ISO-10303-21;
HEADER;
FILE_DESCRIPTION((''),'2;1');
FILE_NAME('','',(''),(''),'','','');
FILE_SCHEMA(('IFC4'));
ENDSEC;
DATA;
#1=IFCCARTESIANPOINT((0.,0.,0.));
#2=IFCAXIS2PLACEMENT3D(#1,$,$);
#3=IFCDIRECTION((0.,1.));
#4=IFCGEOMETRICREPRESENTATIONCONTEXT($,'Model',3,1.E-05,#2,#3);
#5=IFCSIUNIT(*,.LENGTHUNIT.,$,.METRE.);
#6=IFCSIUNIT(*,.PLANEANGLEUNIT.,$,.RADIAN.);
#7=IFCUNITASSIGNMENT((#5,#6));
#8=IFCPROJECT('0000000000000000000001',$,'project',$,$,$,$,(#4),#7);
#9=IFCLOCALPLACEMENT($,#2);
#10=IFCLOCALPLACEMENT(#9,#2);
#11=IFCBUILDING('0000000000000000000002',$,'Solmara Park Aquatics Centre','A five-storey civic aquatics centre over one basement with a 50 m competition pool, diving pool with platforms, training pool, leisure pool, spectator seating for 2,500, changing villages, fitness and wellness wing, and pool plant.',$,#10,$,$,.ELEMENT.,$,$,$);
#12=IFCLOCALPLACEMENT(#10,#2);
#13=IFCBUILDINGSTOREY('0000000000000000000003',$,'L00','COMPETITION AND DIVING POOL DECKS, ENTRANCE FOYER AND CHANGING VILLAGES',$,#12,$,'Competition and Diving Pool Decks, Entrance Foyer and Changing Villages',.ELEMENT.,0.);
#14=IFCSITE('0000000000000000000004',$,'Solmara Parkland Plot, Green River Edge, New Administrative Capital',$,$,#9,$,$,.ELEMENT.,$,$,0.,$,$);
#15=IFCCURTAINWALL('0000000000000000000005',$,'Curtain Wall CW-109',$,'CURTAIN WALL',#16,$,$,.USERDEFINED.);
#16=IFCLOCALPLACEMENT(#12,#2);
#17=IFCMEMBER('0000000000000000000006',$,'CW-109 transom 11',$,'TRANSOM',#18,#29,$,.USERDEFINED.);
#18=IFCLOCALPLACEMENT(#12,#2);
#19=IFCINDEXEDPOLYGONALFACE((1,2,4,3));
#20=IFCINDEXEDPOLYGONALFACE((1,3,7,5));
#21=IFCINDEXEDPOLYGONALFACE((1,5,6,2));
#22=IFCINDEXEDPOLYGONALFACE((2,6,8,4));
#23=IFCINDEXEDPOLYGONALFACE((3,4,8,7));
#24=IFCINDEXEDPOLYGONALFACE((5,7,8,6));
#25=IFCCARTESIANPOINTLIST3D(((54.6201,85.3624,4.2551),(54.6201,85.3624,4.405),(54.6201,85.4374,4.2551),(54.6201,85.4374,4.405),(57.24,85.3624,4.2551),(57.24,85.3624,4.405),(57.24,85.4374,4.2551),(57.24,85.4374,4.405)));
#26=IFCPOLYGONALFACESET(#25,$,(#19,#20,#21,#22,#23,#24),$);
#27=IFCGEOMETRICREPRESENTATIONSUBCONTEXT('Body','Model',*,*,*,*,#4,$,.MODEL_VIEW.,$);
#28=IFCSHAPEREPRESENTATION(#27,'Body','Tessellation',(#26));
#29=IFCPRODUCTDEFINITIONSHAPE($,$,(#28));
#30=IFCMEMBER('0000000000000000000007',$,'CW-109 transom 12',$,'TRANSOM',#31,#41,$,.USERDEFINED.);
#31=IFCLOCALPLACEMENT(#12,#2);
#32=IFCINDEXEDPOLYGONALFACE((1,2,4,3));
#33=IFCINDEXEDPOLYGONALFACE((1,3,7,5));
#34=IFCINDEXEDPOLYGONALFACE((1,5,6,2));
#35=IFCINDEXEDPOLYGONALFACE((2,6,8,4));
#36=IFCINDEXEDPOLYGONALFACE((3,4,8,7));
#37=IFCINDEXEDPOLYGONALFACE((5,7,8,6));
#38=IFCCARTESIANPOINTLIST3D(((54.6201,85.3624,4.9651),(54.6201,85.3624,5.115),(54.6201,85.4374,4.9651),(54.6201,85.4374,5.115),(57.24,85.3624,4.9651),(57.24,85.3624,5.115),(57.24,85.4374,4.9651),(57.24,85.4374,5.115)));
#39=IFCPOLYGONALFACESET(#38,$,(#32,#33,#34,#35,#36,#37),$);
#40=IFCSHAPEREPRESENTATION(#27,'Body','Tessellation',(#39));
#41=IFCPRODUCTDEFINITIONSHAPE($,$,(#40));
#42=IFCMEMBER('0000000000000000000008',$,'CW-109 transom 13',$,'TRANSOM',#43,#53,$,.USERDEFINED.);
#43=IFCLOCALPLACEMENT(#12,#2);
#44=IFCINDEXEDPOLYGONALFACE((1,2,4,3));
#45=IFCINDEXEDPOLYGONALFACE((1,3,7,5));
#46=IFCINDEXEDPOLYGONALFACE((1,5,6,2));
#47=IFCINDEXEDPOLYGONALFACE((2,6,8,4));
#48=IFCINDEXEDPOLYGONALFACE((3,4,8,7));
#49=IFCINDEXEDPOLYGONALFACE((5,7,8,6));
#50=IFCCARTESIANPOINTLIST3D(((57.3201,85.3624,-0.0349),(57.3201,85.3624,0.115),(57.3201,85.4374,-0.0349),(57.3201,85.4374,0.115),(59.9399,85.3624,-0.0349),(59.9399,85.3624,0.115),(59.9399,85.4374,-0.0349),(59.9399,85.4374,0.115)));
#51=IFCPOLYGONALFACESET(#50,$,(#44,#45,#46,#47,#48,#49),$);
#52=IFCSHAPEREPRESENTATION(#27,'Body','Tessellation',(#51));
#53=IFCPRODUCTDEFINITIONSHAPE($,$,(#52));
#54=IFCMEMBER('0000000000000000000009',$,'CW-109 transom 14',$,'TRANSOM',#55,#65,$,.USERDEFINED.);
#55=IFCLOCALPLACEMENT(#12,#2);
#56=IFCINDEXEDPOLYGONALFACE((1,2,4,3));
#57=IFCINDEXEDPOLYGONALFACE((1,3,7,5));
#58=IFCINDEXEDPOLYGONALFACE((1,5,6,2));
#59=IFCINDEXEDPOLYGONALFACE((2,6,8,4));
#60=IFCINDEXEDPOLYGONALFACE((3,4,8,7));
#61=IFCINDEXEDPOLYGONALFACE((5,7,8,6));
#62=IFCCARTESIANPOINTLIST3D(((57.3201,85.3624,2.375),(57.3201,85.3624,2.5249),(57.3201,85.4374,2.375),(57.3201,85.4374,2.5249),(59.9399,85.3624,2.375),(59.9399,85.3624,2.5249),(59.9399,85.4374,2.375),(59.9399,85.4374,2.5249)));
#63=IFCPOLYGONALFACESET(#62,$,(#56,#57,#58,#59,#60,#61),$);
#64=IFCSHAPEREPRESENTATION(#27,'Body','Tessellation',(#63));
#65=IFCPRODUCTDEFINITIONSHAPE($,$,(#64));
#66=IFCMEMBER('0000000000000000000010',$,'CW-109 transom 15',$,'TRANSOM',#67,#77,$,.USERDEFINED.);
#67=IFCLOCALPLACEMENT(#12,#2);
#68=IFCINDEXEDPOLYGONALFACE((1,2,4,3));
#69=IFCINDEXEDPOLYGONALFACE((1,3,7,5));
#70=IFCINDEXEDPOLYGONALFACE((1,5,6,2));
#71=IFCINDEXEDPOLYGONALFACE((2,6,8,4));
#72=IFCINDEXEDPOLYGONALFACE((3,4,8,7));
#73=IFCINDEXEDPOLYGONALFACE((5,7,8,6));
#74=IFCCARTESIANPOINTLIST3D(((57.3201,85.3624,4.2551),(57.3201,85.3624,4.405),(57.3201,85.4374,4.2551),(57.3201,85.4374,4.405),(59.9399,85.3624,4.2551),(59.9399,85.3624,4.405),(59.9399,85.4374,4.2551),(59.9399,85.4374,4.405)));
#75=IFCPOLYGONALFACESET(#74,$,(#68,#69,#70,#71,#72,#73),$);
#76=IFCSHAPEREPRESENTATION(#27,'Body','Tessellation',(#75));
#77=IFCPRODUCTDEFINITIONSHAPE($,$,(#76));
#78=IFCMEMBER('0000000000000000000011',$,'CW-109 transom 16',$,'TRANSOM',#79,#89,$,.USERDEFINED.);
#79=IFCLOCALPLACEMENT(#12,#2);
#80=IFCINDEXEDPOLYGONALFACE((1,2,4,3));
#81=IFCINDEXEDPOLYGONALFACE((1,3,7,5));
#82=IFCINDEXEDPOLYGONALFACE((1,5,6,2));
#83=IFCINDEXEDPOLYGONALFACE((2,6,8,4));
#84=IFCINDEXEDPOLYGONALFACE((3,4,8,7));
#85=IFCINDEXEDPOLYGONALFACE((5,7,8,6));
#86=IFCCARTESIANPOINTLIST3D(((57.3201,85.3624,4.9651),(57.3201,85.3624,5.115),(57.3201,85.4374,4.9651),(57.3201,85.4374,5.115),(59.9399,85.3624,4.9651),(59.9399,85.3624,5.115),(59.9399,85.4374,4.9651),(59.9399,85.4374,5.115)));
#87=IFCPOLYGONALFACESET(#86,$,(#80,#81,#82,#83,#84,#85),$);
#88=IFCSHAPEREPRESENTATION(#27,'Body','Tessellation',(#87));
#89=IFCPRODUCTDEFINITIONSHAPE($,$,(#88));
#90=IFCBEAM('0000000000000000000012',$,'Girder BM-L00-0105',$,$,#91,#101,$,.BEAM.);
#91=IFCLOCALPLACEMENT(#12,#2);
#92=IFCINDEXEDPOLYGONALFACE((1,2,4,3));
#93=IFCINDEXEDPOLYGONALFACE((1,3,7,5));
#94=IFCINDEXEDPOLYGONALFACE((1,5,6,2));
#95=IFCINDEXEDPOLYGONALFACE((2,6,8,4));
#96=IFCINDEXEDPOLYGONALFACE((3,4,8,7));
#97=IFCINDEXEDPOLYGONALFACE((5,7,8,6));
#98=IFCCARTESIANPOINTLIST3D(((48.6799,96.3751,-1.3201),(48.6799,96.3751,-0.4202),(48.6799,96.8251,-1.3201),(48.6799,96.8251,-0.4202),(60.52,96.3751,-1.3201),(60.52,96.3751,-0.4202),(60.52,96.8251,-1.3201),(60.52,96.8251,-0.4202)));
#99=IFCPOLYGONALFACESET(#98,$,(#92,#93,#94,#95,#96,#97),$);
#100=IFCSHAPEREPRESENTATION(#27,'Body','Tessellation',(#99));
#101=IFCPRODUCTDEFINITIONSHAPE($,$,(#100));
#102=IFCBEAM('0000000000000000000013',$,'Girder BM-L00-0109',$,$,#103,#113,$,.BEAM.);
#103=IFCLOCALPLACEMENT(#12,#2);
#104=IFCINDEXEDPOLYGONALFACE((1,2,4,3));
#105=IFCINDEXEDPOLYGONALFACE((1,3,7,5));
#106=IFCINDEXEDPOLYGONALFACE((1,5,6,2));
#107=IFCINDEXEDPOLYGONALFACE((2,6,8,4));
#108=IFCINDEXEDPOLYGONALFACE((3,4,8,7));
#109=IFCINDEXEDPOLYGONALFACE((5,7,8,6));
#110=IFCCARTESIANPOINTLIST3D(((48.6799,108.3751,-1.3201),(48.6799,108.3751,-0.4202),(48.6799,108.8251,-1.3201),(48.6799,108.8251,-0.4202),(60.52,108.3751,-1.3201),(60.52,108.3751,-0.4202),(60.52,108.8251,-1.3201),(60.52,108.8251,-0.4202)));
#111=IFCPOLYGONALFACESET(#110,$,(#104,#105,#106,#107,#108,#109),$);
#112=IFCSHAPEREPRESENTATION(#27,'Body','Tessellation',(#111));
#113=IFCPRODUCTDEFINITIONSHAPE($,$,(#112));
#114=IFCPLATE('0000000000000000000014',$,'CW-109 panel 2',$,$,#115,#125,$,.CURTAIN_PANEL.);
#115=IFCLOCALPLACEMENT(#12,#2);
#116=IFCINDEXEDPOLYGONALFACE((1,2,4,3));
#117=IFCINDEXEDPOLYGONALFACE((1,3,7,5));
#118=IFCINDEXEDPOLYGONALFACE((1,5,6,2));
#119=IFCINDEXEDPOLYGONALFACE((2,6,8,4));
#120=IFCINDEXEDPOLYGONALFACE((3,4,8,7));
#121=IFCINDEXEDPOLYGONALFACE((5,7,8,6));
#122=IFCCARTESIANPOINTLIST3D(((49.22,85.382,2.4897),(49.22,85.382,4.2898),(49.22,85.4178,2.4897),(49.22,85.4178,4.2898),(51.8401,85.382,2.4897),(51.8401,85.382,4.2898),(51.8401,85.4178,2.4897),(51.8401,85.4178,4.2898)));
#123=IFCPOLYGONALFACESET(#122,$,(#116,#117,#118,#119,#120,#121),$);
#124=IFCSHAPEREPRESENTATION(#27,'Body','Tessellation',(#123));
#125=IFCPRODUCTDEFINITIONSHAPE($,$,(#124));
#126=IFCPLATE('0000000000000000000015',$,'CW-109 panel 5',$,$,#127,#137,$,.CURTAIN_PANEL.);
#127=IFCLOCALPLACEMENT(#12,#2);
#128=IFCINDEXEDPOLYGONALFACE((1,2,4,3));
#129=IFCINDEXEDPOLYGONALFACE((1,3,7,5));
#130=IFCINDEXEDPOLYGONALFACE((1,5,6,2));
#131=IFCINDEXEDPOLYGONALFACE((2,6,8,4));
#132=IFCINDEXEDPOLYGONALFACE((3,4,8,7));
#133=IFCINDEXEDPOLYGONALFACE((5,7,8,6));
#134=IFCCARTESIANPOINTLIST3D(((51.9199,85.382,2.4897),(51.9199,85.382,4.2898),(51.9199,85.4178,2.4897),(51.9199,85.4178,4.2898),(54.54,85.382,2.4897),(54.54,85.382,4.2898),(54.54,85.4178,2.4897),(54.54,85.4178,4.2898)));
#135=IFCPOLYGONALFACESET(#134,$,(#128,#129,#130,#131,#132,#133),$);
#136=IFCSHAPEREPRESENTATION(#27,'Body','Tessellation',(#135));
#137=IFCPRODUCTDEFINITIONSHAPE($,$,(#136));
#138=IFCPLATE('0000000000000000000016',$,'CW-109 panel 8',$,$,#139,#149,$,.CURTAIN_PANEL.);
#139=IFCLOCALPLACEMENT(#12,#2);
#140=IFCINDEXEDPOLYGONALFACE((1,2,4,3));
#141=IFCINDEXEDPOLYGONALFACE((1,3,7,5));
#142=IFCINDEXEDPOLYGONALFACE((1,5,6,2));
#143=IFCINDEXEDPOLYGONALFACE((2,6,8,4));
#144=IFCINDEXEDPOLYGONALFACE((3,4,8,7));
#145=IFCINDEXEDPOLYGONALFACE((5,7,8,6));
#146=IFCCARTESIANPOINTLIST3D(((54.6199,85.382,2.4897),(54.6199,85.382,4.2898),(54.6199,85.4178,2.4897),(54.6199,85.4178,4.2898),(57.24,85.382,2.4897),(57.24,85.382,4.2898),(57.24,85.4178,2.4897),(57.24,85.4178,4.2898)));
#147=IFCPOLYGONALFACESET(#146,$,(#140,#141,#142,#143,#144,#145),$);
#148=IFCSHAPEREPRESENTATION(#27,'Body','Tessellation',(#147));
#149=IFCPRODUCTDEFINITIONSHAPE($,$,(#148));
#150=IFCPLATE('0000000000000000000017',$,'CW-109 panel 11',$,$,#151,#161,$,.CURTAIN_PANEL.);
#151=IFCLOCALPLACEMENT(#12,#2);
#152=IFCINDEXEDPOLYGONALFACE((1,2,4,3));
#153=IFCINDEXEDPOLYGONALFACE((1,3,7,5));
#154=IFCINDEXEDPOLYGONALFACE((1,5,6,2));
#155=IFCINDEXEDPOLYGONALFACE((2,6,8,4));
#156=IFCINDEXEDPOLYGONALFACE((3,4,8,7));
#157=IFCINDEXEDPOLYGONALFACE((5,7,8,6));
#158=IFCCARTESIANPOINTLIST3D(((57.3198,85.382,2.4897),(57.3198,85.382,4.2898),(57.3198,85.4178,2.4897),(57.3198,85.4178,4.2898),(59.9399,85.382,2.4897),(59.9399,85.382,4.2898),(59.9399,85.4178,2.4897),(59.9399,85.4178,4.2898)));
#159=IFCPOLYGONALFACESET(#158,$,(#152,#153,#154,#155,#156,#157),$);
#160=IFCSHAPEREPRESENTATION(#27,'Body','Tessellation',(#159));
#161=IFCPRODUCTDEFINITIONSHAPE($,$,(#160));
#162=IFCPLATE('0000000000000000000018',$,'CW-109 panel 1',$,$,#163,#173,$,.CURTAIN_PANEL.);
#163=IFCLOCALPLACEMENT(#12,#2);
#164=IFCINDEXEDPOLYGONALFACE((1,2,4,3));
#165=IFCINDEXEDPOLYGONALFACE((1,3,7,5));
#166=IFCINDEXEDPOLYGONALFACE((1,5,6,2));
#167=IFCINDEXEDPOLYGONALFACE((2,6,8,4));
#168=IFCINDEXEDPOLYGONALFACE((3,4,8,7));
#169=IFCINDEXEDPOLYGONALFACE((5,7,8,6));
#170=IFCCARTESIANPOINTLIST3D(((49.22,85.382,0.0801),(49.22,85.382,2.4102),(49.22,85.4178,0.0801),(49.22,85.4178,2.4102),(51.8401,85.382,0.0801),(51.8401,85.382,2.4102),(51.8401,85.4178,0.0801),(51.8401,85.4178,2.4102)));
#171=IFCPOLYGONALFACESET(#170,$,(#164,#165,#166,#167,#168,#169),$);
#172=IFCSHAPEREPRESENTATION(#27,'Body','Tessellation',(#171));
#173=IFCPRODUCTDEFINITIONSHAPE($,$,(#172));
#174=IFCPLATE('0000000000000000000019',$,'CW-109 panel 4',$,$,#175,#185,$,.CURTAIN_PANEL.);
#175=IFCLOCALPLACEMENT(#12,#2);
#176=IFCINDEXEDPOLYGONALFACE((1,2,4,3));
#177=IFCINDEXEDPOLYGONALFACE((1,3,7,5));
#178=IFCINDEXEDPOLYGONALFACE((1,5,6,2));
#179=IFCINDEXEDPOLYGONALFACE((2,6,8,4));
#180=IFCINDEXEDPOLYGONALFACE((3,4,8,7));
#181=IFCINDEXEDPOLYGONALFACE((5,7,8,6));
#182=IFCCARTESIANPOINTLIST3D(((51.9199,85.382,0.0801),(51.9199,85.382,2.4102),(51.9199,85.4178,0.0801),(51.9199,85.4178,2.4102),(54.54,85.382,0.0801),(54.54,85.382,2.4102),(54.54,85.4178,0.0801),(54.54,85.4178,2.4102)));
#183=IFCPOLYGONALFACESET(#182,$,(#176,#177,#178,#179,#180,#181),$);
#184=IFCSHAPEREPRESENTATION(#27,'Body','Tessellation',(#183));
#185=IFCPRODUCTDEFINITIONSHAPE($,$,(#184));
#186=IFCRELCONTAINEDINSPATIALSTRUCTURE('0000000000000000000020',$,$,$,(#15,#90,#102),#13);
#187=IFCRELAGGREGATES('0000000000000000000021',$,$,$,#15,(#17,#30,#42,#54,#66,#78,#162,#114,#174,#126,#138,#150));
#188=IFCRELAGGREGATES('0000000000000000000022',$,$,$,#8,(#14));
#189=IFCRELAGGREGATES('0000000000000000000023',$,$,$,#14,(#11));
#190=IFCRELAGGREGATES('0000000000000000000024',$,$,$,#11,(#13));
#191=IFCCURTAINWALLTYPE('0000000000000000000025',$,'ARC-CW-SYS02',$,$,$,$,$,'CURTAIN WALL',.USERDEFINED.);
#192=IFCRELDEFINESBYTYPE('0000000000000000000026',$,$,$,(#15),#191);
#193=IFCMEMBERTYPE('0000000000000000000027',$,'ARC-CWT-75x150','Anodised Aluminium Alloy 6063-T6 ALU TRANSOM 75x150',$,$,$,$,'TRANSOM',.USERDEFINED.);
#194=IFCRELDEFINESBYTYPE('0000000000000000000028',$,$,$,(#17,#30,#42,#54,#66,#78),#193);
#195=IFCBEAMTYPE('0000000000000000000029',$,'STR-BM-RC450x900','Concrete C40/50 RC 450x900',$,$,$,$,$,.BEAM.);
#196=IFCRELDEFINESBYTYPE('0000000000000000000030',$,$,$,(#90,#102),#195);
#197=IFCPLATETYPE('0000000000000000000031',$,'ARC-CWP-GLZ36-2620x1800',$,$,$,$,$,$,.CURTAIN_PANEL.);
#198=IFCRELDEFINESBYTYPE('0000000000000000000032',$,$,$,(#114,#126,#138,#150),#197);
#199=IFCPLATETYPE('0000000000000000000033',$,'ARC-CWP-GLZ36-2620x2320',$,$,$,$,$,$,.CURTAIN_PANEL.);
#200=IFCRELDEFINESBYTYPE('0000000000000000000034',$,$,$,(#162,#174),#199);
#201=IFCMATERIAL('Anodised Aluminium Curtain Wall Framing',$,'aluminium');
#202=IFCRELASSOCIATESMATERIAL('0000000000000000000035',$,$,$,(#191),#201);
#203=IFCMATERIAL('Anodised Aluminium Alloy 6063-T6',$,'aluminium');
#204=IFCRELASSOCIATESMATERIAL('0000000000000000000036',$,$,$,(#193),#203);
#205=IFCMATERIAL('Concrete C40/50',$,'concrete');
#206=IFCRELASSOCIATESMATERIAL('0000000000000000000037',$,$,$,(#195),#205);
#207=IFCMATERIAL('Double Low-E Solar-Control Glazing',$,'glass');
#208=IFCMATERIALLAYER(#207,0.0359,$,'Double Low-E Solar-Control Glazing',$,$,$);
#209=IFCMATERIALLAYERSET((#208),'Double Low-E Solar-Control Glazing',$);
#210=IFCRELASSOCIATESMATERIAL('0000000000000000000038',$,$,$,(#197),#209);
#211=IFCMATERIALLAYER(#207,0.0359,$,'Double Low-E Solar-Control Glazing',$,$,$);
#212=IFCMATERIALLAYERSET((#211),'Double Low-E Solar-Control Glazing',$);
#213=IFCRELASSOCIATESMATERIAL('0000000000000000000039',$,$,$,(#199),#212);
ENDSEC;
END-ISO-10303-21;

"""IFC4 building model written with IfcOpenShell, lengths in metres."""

from ifc_helpers import new_model, si_unit, direction, frame, origin, origin_2d, place, context, subcontext, project, spatial, rectangle, extrude, material, layer, layer_set, material_profile, profile_set, type_object, element, aggregate, save


model = new_model("IFC4")

# Units and contexts
model_context = context("Model", 3, precision=1e-05, world=origin(), true_north=direction((0.0, 1.0)))
body_context = subcontext(model_context, "Body", "Model", "MODEL_VIEW")
ifc_project = project(units=[si_unit("LENGTHUNIT", "METRE"), si_unit("PLANEANGLEUNIT", "RADIAN")], contexts=[model_context])

# Site, building, storey
site_placement = place(None, origin())
site = spatial("IfcSite", under=ifc_project, at=site_placement, Name="Solmara Parkland Plot, Green River Edge, New Administrative Capital", CompositionType="ELEMENT", RefElevation=0.0)
building_placement = place(site_placement, origin())
building = spatial("IfcBuilding", under=site, at=building_placement, Name="Solmara Park Aquatics Centre", Description="A five-storey civic aquatics centre over one basement with a 50 m competition pool, diving pool with platforms, training pool, leisure pool, spectator seating for 2,500, changing villages, fitness and wellness wing, and pool plant.", CompositionType="ELEMENT")
storey_placement = place(building_placement, origin())
storey = spatial("IfcBuildingStorey", under=building, at=storey_placement, Name="L00", Description="COMPETITION AND DIVING POOL DECKS, ENTRANCE FOYER AND CHANGING VILLAGES", LongName="Competition and Diving Pool Decks, Entrance Foyer and Changing Villages", CompositionType="ELEMENT", Elevation=0.0)

# Curtain wall, members
ifc_material_1 = material(Name="Anodised Aluminium Curtain Wall Framing", Category="aluminium")
curtain_wall_type = type_object("IfcCurtainWallType", Name="ARC-CW-SYS02", ElementType="CURTAIN WALL", PredefinedType="USERDEFINED", material=ifc_material_1)
curtain_wall_placement = place(storey_placement, origin())
curtain_wall = element("IfcCurtainWall", 1, at=curtain_wall_placement, inside=storey, type_object=curtain_wall_type, Name="Curtain Wall CW-109", ObjectType="CURTAIN WALL", PredefinedType="USERDEFINED")
ifc_material_2 = material(Name="Anodised Aluminium Alloy 6063-T6", Category="aluminium")
ifc_material_profile_1 = material_profile(ifc_material_2, rectangle(XDim=0.075, YDim=0.1499, at=origin_2d()), Name="ALU TRANSOM 75x150")
ifc_profile_set_1 = profile_set([ifc_material_profile_1], Name="Anodised Aluminium Alloy 6063-T6")
member_type_1 = type_object("IfcMemberType", Name="ARC-CWT-75x150", Description="Anodised Aluminium Alloy 6063-T6 ALU TRANSOM 75x150", ElementType="TRANSOM", PredefinedType="USERDEFINED", material=ifc_profile_set_1)
member_1_placement = place(storey_placement, frame((54.6201, 85.3999, 4.3301), z_axis=(1.0, 0.0, 0.0), x_axis=(0.0, 1.0, 0.0)))
member_1 = element("IfcMember", 2, at=member_1_placement, type_object=member_type_1, Name="CW-109 transom 11", ObjectType="TRANSOM", PredefinedType="USERDEFINED", context=body_context, shape_type="SweptSolid", body=[
    extrude(rectangle(XDim=0.075, YDim=0.1499, at=origin_2d()), origin(), (0.0, 0.0, 1.0), 2.6199),
])
member_2_placement = place(storey_placement, frame((54.6201, 85.3999, 5.04), z_axis=(1.0, 0.0, 0.0), x_axis=(0.0, 1.0, 0.0)))
member_2 = element("IfcMember", 3, at=member_2_placement, type_object=member_type_1, Name="CW-109 transom 12", ObjectType="TRANSOM", PredefinedType="USERDEFINED", context=body_context, shape_type="SweptSolid", body=[
    extrude(rectangle(XDim=0.075, YDim=0.1499, at=origin_2d()), origin(), (0.0, 0.0, 1.0), 2.6199),
])
member_3_placement = place(storey_placement, frame((57.3201, 85.3999, 0.04), z_axis=(1.0, 0.0, 0.0), x_axis=(0.0, 1.0, 0.0)))
member_3 = element("IfcMember", 4, at=member_3_placement, type_object=member_type_1, Name="CW-109 transom 13", ObjectType="TRANSOM", PredefinedType="USERDEFINED", context=body_context, shape_type="SweptSolid", body=[
    extrude(rectangle(XDim=0.075, YDim=0.1499, at=origin_2d()), origin(), (0.0, 0.0, 1.0), 2.6199),
])
member_4_placement = place(storey_placement, frame((57.3201, 85.3999, 2.45), z_axis=(1.0, 0.0, 0.0), x_axis=(0.0, 1.0, 0.0)))
member_4 = element("IfcMember", 5, at=member_4_placement, type_object=member_type_1, Name="CW-109 transom 14", ObjectType="TRANSOM", PredefinedType="USERDEFINED", context=body_context, shape_type="SweptSolid", body=[
    extrude(rectangle(XDim=0.075, YDim=0.1499, at=origin_2d()), origin(), (0.0, 0.0, 1.0), 2.6199),
])
member_5_placement = place(storey_placement, frame((57.3201, 85.3999, 4.3301), z_axis=(1.0, 0.0, 0.0), x_axis=(0.0, 1.0, 0.0)))
member_5 = element("IfcMember", 6, at=member_5_placement, type_object=member_type_1, Name="CW-109 transom 15", ObjectType="TRANSOM", PredefinedType="USERDEFINED", context=body_context, shape_type="SweptSolid", body=[
    extrude(rectangle(XDim=0.075, YDim=0.1499, at=origin_2d()), origin(), (0.0, 0.0, 1.0), 2.6199),
])
member_6_placement = place(storey_placement, frame((57.3201, 85.3999, 5.04), z_axis=(1.0, 0.0, 0.0), x_axis=(0.0, 1.0, 0.0)))
member_6 = element("IfcMember", 7, at=member_6_placement, type_object=member_type_1, Name="CW-109 transom 16", ObjectType="TRANSOM", PredefinedType="USERDEFINED", context=body_context, shape_type="SweptSolid", body=[
    extrude(rectangle(XDim=0.075, YDim=0.1499, at=origin_2d()), origin(), (0.0, 0.0, 1.0), 2.6199),
])

# Beams
ifc_material_3 = material(Name="Concrete C40/50", Category="concrete")
ifc_material_profile_2 = material_profile(ifc_material_3, rectangle(XDim=0.45, YDim=0.8999, at=origin_2d()), Name="RC 450x900")
ifc_profile_set_2 = profile_set([ifc_material_profile_2], Name="Concrete C40/50")
beam_type = type_object("IfcBeamType", Name="STR-BM-RC450x900", Description="Concrete C40/50 RC 450x900", PredefinedType="BEAM", material=ifc_profile_set_2)
for number, where, z_axis, x_axis, name in (
    (8, (48.6799, 96.6001, -0.8701), (1.0, 0.0, 0.0), (0.0, 1.0, 0.0), "Girder BM-L00-0105"),
    (9, (48.6799, 108.6001, -0.8701), (1.0, 0.0, 0.0), (0.0, 1.0, 0.0), "Girder BM-L00-0109"),
):
    element("IfcBeam", number, at=place(storey_placement, frame(where, z_axis=z_axis, x_axis=x_axis)), inside=storey, type_object=beam_type, Name=name, PredefinedType="BEAM", context=body_context, shape_type="SweptSolid", body=[
        extrude(rectangle(XDim=0.45, YDim=0.8999, at=origin_2d()), origin(), (0.0, 0.0, 1.0), 11.8401),
    ])

# Plates
ifc_material_4 = material(Name="Double Low-E Solar-Control Glazing", Category="glass")
ifc_layer_1 = layer(ifc_material_4, 0.0359, Name="Double Low-E Solar-Control Glazing")
ifc_layer_set_1 = layer_set([ifc_layer_1], Name="Double Low-E Solar-Control Glazing")
plate_type_1 = type_object("IfcPlateType", Name="ARC-CWP-GLZ36-2620x1800", PredefinedType="CURTAIN_PANEL", material=ifc_layer_set_1)
plate_1_placement = place(storey_placement, frame((50.53, 85.3999, 2.4897), z_axis=(0.0, 0.0, 1.0), x_axis=(1.0, 0.0, 0.0)))
plate_1 = element("IfcPlate", 10, at=plate_1_placement, type_object=plate_type_1, Name="CW-109 panel 2", PredefinedType="CURTAIN_PANEL", context=body_context, shape_type="SweptSolid", body=[
    extrude(rectangle(XDim=2.6201, YDim=0.0359, at=origin_2d()), origin(), (0.0, 0.0, 1.0), 1.8),
])
plate_2_placement = place(storey_placement, frame((53.23, 85.3999, 2.4897), z_axis=(0.0, 0.0, 1.0), x_axis=(1.0, 0.0, 0.0)))
plate_2 = element("IfcPlate", 11, at=plate_2_placement, type_object=plate_type_1, Name="CW-109 panel 5", PredefinedType="CURTAIN_PANEL", context=body_context, shape_type="SweptSolid", body=[
    extrude(rectangle(XDim=2.6201, YDim=0.0359, at=origin_2d()), origin(), (0.0, 0.0, 1.0), 1.8),
])
plate_3_placement = place(storey_placement, frame((55.9299, 85.3999, 2.4897), z_axis=(0.0, 0.0, 1.0), x_axis=(1.0, 0.0, 0.0)))
plate_3 = element("IfcPlate", 12, at=plate_3_placement, type_object=plate_type_1, Name="CW-109 panel 8", PredefinedType="CURTAIN_PANEL", context=body_context, shape_type="SweptSolid", body=[
    extrude(rectangle(XDim=2.6201, YDim=0.0359, at=origin_2d()), origin(), (0.0, 0.0, 1.0), 1.8),
])
plate_4_placement = place(storey_placement, frame((58.6299, 85.3999, 2.4897), z_axis=(0.0, 0.0, 1.0), x_axis=(1.0, 0.0, 0.0)))
plate_4 = element("IfcPlate", 13, at=plate_4_placement, type_object=plate_type_1, Name="CW-109 panel 11", PredefinedType="CURTAIN_PANEL", context=body_context, shape_type="SweptSolid", body=[
    extrude(rectangle(XDim=2.6201, YDim=0.0359, at=origin_2d()), origin(), (0.0, 0.0, 1.0), 1.8),
])
ifc_layer_2 = layer(ifc_material_4, 0.0359, Name="Double Low-E Solar-Control Glazing")
ifc_layer_set_2 = layer_set([ifc_layer_2], Name="Double Low-E Solar-Control Glazing")
plate_type_2 = type_object("IfcPlateType", Name="ARC-CWP-GLZ36-2620x2320", PredefinedType="CURTAIN_PANEL", material=ifc_layer_set_2)
plate_5_placement = place(storey_placement, frame((50.53, 85.3999, 0.0801), z_axis=(0.0, 0.0, 1.0), x_axis=(1.0, 0.0, 0.0)))
plate_5 = element("IfcPlate", 14, at=plate_5_placement, type_object=plate_type_2, Name="CW-109 panel 1", PredefinedType="CURTAIN_PANEL", context=body_context, shape_type="SweptSolid", body=[
    extrude(rectangle(XDim=2.6201, YDim=0.0359, at=origin_2d()), origin(), (0.0, 0.0, 1.0), 2.3301),
])
plate_6_placement = place(storey_placement, frame((53.23, 85.3999, 0.0801), z_axis=(0.0, 0.0, 1.0), x_axis=(1.0, 0.0, 0.0)))
plate_6 = element("IfcPlate", 15, at=plate_6_placement, type_object=plate_type_2, Name="CW-109 panel 4", PredefinedType="CURTAIN_PANEL", context=body_context, shape_type="SweptSolid", body=[
    extrude(rectangle(XDim=2.6201, YDim=0.0359, at=origin_2d()), origin(), (0.0, 0.0, 1.0), 2.3301),
])
aggregate(curtain_wall, [member_1, member_2, member_3, member_4, member_5, member_6, plate_5, plate_1, plate_6, plate_2, plate_3, plate_4])

save(model, "model.ifc")
